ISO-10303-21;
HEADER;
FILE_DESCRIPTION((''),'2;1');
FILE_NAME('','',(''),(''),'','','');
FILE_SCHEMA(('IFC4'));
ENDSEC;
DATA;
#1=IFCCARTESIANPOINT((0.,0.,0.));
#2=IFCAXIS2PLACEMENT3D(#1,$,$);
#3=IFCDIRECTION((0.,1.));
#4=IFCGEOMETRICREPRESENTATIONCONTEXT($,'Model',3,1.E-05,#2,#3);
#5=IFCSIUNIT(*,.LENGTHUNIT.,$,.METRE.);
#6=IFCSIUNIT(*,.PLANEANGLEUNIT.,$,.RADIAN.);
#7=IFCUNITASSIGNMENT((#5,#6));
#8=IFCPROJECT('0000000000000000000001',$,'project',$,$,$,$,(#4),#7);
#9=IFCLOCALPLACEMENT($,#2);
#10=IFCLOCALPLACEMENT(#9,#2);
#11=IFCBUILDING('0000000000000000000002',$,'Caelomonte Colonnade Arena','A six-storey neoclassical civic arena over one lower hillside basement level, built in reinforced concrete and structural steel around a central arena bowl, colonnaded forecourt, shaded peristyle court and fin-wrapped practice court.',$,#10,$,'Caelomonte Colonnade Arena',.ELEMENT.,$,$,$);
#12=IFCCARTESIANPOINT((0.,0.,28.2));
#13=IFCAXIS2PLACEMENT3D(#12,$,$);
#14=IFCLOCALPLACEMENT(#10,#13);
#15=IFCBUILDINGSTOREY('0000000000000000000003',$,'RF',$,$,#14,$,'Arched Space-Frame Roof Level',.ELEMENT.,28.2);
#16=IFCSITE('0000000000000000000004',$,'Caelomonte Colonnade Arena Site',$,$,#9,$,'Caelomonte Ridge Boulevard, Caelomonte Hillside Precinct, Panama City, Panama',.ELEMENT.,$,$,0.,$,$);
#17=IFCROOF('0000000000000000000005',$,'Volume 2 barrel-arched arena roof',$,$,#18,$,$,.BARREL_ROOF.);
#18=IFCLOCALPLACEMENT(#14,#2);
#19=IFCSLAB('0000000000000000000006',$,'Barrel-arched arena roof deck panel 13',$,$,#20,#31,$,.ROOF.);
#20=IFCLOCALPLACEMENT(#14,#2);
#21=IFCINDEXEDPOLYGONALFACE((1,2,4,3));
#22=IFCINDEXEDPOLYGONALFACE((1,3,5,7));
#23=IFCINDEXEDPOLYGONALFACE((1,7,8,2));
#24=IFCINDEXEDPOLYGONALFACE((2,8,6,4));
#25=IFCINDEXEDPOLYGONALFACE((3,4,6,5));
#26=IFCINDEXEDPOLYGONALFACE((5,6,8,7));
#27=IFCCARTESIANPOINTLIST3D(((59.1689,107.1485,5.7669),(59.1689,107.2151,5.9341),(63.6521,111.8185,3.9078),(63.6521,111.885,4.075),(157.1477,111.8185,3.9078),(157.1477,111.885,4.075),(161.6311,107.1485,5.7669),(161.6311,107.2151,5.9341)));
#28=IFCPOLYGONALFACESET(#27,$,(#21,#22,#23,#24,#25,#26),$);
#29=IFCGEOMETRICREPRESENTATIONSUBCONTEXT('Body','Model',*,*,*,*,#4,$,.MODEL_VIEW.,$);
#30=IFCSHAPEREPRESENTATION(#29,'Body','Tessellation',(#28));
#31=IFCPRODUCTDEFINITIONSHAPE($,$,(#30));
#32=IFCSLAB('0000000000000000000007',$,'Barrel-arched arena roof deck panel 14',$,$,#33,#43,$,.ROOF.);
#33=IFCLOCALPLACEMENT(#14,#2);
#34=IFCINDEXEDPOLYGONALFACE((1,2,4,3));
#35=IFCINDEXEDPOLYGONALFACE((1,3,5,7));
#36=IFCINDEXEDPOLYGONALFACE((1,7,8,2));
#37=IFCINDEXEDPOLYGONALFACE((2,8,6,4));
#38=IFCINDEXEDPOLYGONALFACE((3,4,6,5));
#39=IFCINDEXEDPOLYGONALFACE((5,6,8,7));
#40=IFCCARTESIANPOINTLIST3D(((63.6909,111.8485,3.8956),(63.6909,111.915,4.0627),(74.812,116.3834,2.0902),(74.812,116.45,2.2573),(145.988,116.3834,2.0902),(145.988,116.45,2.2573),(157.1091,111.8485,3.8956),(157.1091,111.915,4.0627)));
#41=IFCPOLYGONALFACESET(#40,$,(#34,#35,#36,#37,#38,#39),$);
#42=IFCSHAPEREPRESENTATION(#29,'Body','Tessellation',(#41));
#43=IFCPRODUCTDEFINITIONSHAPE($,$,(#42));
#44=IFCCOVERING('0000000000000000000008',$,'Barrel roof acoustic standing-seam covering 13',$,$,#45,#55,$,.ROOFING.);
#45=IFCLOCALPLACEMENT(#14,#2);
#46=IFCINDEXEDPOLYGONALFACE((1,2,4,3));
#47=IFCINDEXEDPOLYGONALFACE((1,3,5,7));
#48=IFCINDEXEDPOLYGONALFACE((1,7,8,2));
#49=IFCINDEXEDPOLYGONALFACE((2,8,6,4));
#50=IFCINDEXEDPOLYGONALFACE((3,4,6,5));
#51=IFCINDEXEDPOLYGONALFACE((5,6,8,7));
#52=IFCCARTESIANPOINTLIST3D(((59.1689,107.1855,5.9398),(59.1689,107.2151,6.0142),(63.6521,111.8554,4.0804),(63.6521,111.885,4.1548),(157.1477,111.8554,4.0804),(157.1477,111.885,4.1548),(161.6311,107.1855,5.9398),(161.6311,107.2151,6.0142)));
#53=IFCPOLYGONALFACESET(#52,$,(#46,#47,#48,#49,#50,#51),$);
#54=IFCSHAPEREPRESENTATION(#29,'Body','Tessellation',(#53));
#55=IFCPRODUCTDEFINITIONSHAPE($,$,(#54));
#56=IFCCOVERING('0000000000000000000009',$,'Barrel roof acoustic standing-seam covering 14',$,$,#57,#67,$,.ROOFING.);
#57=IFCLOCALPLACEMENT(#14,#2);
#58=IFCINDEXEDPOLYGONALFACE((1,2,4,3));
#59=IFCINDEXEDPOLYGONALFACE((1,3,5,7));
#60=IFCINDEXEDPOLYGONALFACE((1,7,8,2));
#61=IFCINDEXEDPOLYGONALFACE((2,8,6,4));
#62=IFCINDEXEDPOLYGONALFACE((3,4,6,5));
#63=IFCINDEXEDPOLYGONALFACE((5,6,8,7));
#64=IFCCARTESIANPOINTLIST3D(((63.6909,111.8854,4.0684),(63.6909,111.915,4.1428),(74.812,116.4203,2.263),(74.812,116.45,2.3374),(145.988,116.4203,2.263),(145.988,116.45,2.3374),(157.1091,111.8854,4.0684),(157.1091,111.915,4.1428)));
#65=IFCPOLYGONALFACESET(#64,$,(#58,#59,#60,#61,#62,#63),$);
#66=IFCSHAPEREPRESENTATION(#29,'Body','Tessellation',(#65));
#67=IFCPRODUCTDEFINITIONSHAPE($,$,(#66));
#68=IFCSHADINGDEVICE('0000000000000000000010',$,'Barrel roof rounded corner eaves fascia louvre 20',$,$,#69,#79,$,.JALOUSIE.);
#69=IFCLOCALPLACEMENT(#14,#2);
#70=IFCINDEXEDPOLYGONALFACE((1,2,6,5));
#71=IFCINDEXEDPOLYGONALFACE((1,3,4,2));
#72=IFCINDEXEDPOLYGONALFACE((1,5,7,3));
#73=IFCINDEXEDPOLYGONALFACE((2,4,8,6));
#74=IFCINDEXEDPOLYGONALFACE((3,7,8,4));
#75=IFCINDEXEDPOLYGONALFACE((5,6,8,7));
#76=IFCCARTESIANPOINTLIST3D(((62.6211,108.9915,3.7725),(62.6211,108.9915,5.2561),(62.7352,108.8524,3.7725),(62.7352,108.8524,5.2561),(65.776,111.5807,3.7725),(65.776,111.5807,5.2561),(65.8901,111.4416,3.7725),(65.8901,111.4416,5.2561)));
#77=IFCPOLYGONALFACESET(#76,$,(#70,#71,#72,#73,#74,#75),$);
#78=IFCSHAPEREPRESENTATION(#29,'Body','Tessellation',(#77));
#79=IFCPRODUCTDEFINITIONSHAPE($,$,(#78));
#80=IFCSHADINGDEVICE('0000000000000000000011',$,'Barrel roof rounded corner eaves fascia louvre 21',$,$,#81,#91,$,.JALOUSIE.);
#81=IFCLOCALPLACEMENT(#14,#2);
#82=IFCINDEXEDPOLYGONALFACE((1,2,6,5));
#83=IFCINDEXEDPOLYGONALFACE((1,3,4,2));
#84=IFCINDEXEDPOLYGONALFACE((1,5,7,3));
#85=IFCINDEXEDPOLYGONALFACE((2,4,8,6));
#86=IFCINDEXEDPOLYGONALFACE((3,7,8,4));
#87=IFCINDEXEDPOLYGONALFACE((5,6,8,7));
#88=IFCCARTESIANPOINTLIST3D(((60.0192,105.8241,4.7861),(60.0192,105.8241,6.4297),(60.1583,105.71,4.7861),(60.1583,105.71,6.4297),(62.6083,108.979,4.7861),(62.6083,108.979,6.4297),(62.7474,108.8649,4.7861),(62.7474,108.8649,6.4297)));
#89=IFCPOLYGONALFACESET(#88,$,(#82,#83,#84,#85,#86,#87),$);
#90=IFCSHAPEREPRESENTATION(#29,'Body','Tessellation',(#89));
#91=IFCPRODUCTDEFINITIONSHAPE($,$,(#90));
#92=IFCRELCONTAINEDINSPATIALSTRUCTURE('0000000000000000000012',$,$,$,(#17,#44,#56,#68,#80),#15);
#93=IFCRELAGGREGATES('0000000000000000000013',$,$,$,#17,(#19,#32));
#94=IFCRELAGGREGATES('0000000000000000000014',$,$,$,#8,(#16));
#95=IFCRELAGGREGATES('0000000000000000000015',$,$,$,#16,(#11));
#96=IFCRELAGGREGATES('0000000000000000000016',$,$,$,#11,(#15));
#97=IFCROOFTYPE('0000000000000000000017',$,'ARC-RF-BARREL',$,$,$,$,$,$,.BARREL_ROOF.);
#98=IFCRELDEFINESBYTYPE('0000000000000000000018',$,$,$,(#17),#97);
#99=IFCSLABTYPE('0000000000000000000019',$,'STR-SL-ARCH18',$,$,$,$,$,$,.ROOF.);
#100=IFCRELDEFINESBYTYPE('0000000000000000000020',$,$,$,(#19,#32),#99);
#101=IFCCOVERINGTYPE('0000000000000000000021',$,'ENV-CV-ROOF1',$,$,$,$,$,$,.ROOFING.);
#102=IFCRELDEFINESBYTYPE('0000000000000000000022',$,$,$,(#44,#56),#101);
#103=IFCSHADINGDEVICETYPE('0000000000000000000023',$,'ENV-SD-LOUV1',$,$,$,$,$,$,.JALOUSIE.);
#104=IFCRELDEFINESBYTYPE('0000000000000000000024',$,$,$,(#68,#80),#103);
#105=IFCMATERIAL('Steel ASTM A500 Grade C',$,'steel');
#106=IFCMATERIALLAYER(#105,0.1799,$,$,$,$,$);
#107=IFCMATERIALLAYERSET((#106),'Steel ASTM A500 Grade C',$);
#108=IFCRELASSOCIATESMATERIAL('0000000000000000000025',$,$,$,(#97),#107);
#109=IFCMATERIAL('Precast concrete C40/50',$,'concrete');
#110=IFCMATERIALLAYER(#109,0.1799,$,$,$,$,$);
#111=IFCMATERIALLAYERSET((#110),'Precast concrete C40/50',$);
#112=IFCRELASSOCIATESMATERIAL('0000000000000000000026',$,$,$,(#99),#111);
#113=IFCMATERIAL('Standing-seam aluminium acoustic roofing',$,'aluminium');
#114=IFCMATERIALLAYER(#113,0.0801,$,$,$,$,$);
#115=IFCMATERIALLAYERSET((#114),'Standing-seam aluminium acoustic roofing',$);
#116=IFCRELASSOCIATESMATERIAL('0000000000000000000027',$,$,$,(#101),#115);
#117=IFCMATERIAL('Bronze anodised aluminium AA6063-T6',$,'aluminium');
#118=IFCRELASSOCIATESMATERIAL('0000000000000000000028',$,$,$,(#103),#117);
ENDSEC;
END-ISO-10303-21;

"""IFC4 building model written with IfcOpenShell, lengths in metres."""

from ifc_helpers import new_model, si_unit, direction, frame, origin, origin_2d, place, context, subcontext, project, spatial, polyline, rectangle, outline, extrude, material, layer, layer_set, type_object, element, aggregate, save


model = new_model("IFC4")

# Units and contexts
model_context = context("Model", 3, precision=1e-05, world=origin(), true_north=direction((0.0, 1.0)))
body_context = subcontext(model_context, "Body", "Model", "MODEL_VIEW")
ifc_project = project(units=[si_unit("LENGTHUNIT", "METRE"), si_unit("PLANEANGLEUNIT", "RADIAN")], contexts=[model_context])

# Site, building, storey
site_placement = place(None, origin())
site = spatial("IfcSite", under=ifc_project, at=site_placement, Name="Caelomonte Colonnade Arena Site", LongName="Caelomonte Ridge Boulevard, Caelomonte Hillside Precinct, Panama City, Panama", CompositionType="ELEMENT", RefElevation=0.0)
building_placement = place(site_placement, origin())
building = spatial("IfcBuilding", under=site, at=building_placement, Name="Caelomonte Colonnade Arena", Description="A six-storey neoclassical civic arena over one lower hillside basement level, built in reinforced concrete and structural steel around a central arena bowl, colonnaded forecourt, shaded peristyle court and fin-wrapped practice court.", LongName="Caelomonte Colonnade Arena", CompositionType="ELEMENT")
storey_placement = place(building_placement, frame((0.0, 0.0, 28.2)))
storey = spatial("IfcBuildingStorey", under=building, at=storey_placement, Name="RF", LongName="Arched Space-Frame Roof Level", CompositionType="ELEMENT", Elevation=28.2)

# Shared definitions
ifc_material_1 = material(Name="Bronze anodised aluminium AA6063-T6", Category="aluminium")

# Roof, slabs
ifc_material_2 = material(Name="Steel ASTM A500 Grade C", Category="steel")
ifc_layer_1 = layer(ifc_material_2, 0.1799)
ifc_layer_set_1 = layer_set([ifc_layer_1], Name="Steel ASTM A500 Grade C")
roof_type = type_object("IfcRoofType", Name="ARC-RF-BARREL", PredefinedType="BARREL_ROOF", material=ifc_layer_set_1)
roof_placement = place(storey_placement, origin())
roof = element("IfcRoof", 1, at=roof_placement, inside=storey, type_object=roof_type, Name="Volume 2 barrel-arched arena roof", PredefinedType="BARREL_ROOF")
ifc_material_3 = material(Name="Precast concrete C40/50", Category="concrete")
ifc_layer_2 = layer(ifc_material_3, 0.1799)
ifc_layer_set_2 = layer_set([ifc_layer_2], Name="Precast concrete C40/50")
slab_type = type_object("IfcSlabType", Name="STR-SL-ARCH18", PredefinedType="ROOF", material=ifc_layer_set_2)
slab_1_placement = place(storey_placement, frame((59.1689, 107.2151, 5.9341), z_axis=(0.0, 0.369874, 0.929082), x_axis=(1.0, 0.0, 0.0)))
slab_1 = element("IfcSlab", 2, at=slab_1_placement, type_object=slab_type, Name="Barrel-arched arena roof deck panel 13", PredefinedType="ROOF", context=body_context, shape_type="SweptSolid", body=[
    extrude(outline(polyline([(0.0, 0.0), (102.4622, 0.0), (97.9788, 5.0264), (4.4832, 5.0264), (0.0, 0.0)])), origin(), (0.0, 0.0, -1.0), 0.1799),
])
slab_2_placement = place(storey_placement, frame((63.6909, 111.915, 4.0627), z_axis=(0.0, 0.369881, 0.929079), x_axis=(1.0, 0.0, 0.0)))
slab_2 = element("IfcSlab", 3, at=slab_2_placement, type_object=slab_type, Name="Barrel-arched arena roof deck panel 14", PredefinedType="ROOF", context=body_context, shape_type="SweptSolid", body=[
    extrude(outline(polyline([(0.0, 0.0), (93.4182, 0.0), (82.2971, 4.8811), (11.1211, 4.8811), (0.0, 0.0)])), origin(), (0.0, 0.0, -1.0), 0.1799),
])
aggregate(roof, [slab_1, slab_2])

# Coverings
ifc_material_4 = material(Name="Standing-seam aluminium acoustic roofing", Category="aluminium")
ifc_layer_3 = layer(ifc_material_4, 0.0801)
ifc_layer_set_3 = layer_set([ifc_layer_3], Name="Standing-seam aluminium acoustic roofing")
covering_type = type_object("IfcCoveringType", Name="ENV-CV-ROOF1", PredefinedType="ROOFING", material=ifc_layer_set_3)
covering_1_placement = place(storey_placement, frame((59.1689, 107.2151, 6.0142), z_axis=(0.0, 0.369916, 0.929065), x_axis=(1.0, 0.0, 0.0)))
element("IfcCovering", 4, at=covering_1_placement, inside=storey, type_object=covering_type, Name="Barrel roof acoustic standing-seam covering 13", PredefinedType="ROOFING", context=body_context, shape_type="SweptSolid", body=[
    extrude(outline(polyline([(0.0, 0.0), (102.4622, 0.0), (97.9788, 5.0265), (4.4832, 5.0265), (0.0, 0.0)])), origin(), (0.0, 0.0, -1.0), 0.0801),
])
covering_2_placement = place(storey_placement, frame((63.6909, 111.915, 4.1428), z_axis=(0.0, 0.369881, 0.929079), x_axis=(1.0, 0.0, 0.0)))
element("IfcCovering", 5, at=covering_2_placement, inside=storey, type_object=covering_type, Name="Barrel roof acoustic standing-seam covering 14", PredefinedType="ROOFING", context=body_context, shape_type="SweptSolid", body=[
    extrude(outline(polyline([(0.0, 0.0), (93.4182, 0.0), (82.2971, 4.8811), (11.1211, 4.8811), (0.0, 0.0)])), origin(), (0.0, 0.0, -1.0), 0.0801),
])

# Shading devices
shading_device_type = type_object("IfcShadingDeviceType", Name="ENV-SD-LOUV1", PredefinedType="JALOUSIE", material=ifc_material_1)
shading_device_1_placement = place(storey_placement, frame((64.2556, 110.2166, 3.7725), z_axis=(0.0, 0.0, 1.0), x_axis=(-0.773016, -0.634387, 0.0)))
element("IfcShadingDevice", 6, at=shading_device_1_placement, inside=storey, type_object=shading_device_type, Name="Barrel roof rounded corner eaves fascia louvre 20", PredefinedType="JALOUSIE", context=body_context, shape_type="SweptSolid", body=[
    extrude(rectangle(XDim=4.0813, YDim=0.1799, at=origin_2d()), origin(), (0.0, 0.0, 1.0), 1.4836),
])
shading_device_2_placement = place(storey_placement, frame((61.3833, 107.3445, 4.7861), z_axis=(0.0, 0.0, 1.0), x_axis=(-0.634387, -0.773016, 0.0)))
element("IfcShadingDevice", 7, at=shading_device_2_placement, inside=storey, type_object=shading_device_type, Name="Barrel roof rounded corner eaves fascia louvre 21", PredefinedType="JALOUSIE", context=body_context, shape_type="SweptSolid", body=[
    extrude(rectangle(XDim=4.0813, YDim=0.1799, at=origin_2d()), origin(), (0.0, 0.0, 1.0), 1.6436),
])

save(model, "model.ifc")
